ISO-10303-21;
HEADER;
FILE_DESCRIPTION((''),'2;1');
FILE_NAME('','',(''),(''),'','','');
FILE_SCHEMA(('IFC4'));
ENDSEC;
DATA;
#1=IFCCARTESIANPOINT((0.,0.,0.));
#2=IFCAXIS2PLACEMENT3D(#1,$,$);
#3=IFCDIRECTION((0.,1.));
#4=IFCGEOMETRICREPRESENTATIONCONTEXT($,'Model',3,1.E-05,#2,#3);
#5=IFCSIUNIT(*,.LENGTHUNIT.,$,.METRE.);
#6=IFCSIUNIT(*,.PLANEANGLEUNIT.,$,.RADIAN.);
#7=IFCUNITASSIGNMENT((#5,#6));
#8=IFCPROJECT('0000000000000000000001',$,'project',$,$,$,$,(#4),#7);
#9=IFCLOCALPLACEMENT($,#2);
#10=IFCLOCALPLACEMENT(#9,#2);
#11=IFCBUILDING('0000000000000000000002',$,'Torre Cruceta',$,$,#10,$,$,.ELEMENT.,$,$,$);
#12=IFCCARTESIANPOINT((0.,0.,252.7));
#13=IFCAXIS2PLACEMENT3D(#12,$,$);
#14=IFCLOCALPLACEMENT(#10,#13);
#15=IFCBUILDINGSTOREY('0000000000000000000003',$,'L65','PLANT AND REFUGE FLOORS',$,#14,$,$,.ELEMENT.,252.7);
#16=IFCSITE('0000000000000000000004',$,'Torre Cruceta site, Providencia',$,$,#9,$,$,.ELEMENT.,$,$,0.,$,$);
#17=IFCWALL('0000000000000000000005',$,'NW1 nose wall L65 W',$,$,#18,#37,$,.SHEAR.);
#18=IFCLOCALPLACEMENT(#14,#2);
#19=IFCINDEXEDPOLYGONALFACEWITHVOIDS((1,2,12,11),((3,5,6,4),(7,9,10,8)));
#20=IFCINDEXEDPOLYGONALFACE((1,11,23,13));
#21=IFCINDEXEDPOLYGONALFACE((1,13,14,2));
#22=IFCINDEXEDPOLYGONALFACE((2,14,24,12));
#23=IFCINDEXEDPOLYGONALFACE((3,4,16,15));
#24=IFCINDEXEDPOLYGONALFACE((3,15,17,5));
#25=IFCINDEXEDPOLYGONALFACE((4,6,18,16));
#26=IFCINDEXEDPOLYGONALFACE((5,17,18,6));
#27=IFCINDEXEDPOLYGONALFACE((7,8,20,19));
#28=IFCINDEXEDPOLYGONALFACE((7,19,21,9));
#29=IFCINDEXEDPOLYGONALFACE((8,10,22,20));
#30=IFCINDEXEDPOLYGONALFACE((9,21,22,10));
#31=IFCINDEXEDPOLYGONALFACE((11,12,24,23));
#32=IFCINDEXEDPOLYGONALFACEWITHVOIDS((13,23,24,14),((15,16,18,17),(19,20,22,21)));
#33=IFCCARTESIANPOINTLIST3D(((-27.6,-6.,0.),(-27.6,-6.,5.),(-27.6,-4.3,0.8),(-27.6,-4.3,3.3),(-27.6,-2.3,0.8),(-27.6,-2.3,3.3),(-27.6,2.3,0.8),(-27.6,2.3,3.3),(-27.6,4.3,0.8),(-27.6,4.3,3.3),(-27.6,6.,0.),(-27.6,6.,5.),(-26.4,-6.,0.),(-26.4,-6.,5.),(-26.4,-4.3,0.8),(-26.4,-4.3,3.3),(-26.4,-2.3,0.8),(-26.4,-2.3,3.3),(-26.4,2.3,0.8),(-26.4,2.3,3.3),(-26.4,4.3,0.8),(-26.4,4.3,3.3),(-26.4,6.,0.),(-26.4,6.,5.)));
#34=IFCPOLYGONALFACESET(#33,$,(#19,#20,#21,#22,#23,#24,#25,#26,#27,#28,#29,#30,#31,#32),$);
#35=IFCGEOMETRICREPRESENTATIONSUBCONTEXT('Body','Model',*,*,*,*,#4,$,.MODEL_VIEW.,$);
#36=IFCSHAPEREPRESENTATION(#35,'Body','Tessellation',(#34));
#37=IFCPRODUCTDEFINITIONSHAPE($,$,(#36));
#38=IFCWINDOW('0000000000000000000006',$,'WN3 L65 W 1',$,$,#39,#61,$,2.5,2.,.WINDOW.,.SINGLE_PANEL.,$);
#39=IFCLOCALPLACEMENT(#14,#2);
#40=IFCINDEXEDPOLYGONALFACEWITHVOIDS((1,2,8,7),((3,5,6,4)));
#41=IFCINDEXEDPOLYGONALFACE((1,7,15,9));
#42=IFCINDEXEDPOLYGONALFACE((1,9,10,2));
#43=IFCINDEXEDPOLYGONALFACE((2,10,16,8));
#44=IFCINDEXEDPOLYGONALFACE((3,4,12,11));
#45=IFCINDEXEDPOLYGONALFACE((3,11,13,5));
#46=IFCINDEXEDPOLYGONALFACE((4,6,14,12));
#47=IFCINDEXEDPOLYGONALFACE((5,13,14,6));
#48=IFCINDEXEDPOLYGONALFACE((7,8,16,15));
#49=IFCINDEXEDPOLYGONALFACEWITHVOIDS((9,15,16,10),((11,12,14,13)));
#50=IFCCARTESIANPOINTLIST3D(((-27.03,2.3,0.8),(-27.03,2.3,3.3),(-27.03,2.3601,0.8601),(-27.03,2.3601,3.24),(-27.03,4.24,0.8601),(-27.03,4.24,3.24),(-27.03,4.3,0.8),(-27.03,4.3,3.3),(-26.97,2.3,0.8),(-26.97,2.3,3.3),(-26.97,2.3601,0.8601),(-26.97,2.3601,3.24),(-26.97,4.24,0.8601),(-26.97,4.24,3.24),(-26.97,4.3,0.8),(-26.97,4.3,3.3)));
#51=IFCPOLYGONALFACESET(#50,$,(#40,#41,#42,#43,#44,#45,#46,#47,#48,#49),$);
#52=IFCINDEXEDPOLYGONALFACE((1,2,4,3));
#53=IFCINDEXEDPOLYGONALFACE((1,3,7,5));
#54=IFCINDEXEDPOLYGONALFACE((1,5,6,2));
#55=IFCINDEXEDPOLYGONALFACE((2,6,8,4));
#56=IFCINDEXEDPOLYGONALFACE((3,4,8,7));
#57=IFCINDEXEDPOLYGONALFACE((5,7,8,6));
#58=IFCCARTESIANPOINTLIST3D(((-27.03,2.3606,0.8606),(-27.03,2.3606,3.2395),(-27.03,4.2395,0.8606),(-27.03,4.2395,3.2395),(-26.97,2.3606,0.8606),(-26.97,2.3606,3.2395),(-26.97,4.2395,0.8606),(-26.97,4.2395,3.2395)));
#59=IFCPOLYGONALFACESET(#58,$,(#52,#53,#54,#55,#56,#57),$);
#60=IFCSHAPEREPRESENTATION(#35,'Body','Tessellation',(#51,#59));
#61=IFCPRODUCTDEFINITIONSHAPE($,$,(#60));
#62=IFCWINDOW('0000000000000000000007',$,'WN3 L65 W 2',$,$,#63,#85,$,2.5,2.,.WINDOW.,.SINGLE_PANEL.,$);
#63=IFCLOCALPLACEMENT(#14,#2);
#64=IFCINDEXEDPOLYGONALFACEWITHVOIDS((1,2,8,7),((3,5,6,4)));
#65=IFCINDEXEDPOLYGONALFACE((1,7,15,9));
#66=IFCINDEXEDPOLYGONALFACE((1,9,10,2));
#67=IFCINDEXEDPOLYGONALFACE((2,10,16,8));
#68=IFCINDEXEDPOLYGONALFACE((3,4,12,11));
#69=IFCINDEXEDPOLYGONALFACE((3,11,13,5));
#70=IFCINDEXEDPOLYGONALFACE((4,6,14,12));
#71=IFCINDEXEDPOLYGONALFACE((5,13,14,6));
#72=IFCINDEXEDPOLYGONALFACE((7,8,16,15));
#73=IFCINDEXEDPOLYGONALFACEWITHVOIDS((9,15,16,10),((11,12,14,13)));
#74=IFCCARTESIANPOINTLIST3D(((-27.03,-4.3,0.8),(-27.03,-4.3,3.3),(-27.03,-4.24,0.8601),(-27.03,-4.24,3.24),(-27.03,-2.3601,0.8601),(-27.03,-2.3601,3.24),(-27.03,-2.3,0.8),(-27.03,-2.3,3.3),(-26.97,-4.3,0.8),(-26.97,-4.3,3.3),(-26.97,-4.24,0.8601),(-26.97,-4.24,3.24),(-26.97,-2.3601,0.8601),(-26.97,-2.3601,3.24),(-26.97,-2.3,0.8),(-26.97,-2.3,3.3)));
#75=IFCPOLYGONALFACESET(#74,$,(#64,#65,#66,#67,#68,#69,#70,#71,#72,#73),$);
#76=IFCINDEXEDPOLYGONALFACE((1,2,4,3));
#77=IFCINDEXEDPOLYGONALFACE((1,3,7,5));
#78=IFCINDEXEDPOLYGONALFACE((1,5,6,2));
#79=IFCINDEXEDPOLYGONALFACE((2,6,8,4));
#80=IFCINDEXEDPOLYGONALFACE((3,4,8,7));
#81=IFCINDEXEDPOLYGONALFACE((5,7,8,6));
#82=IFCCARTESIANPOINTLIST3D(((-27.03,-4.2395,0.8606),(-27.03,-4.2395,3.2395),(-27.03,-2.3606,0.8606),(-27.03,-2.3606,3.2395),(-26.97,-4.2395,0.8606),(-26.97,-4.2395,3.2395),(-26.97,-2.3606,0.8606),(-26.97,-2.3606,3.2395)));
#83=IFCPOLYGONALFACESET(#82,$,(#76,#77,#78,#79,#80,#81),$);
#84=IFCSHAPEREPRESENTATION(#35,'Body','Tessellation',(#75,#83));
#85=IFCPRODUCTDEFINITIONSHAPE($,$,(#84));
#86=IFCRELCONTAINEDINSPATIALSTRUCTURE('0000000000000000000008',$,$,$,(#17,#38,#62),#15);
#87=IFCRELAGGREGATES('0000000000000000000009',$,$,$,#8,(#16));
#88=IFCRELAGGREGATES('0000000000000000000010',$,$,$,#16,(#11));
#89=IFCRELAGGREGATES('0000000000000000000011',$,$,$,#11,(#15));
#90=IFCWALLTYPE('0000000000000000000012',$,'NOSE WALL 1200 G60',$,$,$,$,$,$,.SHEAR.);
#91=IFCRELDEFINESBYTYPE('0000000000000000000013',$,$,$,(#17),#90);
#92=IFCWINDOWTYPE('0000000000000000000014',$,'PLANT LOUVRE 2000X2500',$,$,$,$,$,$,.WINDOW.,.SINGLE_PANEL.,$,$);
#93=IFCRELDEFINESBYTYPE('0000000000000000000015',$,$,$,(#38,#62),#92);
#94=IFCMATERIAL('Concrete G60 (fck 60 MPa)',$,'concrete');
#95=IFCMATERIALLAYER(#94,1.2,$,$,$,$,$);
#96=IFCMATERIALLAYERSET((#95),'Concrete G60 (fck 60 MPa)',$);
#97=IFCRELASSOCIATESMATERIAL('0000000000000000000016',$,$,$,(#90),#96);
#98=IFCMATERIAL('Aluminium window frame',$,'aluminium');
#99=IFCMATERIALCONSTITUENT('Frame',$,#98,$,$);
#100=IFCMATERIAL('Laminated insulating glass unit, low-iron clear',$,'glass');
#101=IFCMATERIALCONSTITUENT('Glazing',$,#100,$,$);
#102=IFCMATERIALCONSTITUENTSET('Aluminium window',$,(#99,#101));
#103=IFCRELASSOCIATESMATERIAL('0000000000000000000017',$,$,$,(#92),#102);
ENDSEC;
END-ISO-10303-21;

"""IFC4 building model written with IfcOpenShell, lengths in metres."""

from ifc_helpers import new_model, si_unit, direction, frame, frame_2d, origin, place, context, subcontext, project, spatial, rectangle, hollow_rectangle, extrude, material, layer, layer_set, constituent, constituent_set, type_object, element, fill, save


model = new_model("IFC4")

# Units and contexts
model_context = context("Model", 3, precision=1e-05, world=origin(), true_north=direction((0.0, 1.0)))
body_context = subcontext(model_context, "Body", "Model", "MODEL_VIEW")
ifc_project = project(units=[si_unit("LENGTHUNIT", "METRE"), si_unit("PLANEANGLEUNIT", "RADIAN")], contexts=[model_context])

# Site, building, storey
site_placement = place(None, origin())
site = spatial("IfcSite", under=ifc_project, at=site_placement, Name="Torre Cruceta site, Providencia", CompositionType="ELEMENT", RefElevation=0.0)
building_placement = place(site_placement, origin())
building = spatial("IfcBuilding", under=site, at=building_placement, Name="Torre Cruceta", CompositionType="ELEMENT")
storey_placement = place(building_placement, frame((0.0, 0.0, 252.7)))
storey = spatial("IfcBuildingStorey", under=building, at=storey_placement, Name="L65", Description="PLANT AND REFUGE FLOORS", CompositionType="ELEMENT", Elevation=252.7)

# Wall, openings, windows
ifc_material_1 = material(Name="Concrete G60 (fck 60 MPa)", Category="concrete")
ifc_layer_1 = layer(ifc_material_1, 1.2)
ifc_layer_set_1 = layer_set([ifc_layer_1], Name="Concrete G60 (fck 60 MPa)")
wall_type_1 = type_object("IfcWallType", Name="NOSE WALL 1200 G60", PredefinedType="SHEAR", material=ifc_layer_set_1)
wall_1_placement = place(storey_placement, frame((-27.0, 6.0, 0.0), z_axis=(0.0, 0.0, 1.0), x_axis=(0.0, -1.0, 0.0)))
wall_1 = element("IfcWall", 1, at=wall_1_placement, inside=storey, type_object=wall_type_1, Name="NW1 nose wall L65 W", PredefinedType="SHEAR", context=body_context, shape_type="SweptSolid", body=[
    extrude(rectangle(XDim=12.0, YDim=1.2, at=frame_2d((6.0, 0.0))), origin(), (0.0, 0.0, 1.0), 5.0),
])
opening_1_placement = place(wall_1_placement, frame((1.7, 0.0, 0.8)))
opening_1 = element("IfcOpeningElement", 2, at=opening_1_placement, cuts=wall_1, PredefinedType="OPENING", context=body_context, shape_type="SweptSolid", body=[
    extrude(rectangle(XDim=2.0, YDim=2.5, at=frame_2d((1.0, 1.25))), frame((0.0, 0.6099, 0.0), z_axis=(0.0, -1.0, 0.0), x_axis=(1.0, 0.0, 0.0)), (0.0, 0.0, 1.0), 1.22),
])
opening_2_placement = place(wall_1_placement, frame((8.3, 0.0, 0.8)))
opening_2 = element("IfcOpeningElement", 3, at=opening_2_placement, cuts=wall_1, PredefinedType="OPENING", context=body_context, shape_type="SweptSolid", body=[
    extrude(rectangle(XDim=2.0, YDim=2.5, at=frame_2d((1.0, 1.25))), frame((0.0, 0.6099, 0.0), z_axis=(0.0, -1.0, 0.0), x_axis=(1.0, 0.0, 0.0)), (0.0, 0.0, 1.0), 1.22),
])
ifc_material_2 = material(Name="Aluminium window frame", Category="aluminium")
ifc_constituent_1 = constituent(ifc_material_2, Name="Frame")
ifc_material_3 = material(Name="Laminated insulating glass unit, low-iron clear", Category="glass")
ifc_constituent_2 = constituent(ifc_material_3, Name="Glazing")
ifc_constituent_set = constituent_set(constituents=[ifc_constituent_1, ifc_constituent_2], Name="Aluminium window")
window_type = type_object("IfcWindowType", Name="PLANT LOUVRE 2000X2500", PartitioningType="SINGLE_PANEL", PredefinedType="WINDOW", material=ifc_constituent_set)
window_1_placement = place(opening_1_placement, origin())
window_1 = element("IfcWindow", 4, at=window_1_placement, inside=storey, type_object=window_type, Name="WN3 L65 W 1", OverallHeight=2.5, OverallWidth=2.0, PartitioningType="SINGLE_PANEL", PredefinedType="WINDOW", context=body_context, shape_type="SweptSolid", body=[
    extrude(hollow_rectangle(XDim=2.0, YDim=2.5, WallThickness=0.0601, at=frame_2d((1.0, 1.25))), frame((0.0, 0.03, 0.0), z_axis=(0.0, -1.0, 0.0), x_axis=(1.0, 0.0, 0.0)), (0.0, 0.0, 1.0), 0.0601),
    extrude(rectangle(XDim=1.8789, YDim=2.3789, at=frame_2d((1.0, 1.25))), frame((0.0, 0.03, 0.0), z_axis=(0.0, -1.0, 0.0), x_axis=(1.0, 0.0, 0.0)), (0.0, 0.0, 1.0), 0.0601),
])
fill(opening_1, window_1)
window_2_placement = place(opening_2_placement, origin())
window_2 = element("IfcWindow", 5, at=window_2_placement, inside=storey, type_object=window_type, Name="WN3 L65 W 2", OverallHeight=2.5, OverallWidth=2.0, PartitioningType="SINGLE_PANEL", PredefinedType="WINDOW", context=body_context, shape_type="SweptSolid", body=[
    extrude(hollow_rectangle(XDim=2.0, YDim=2.5, WallThickness=0.0601, at=frame_2d((1.0, 1.25))), frame((0.0, 0.03, 0.0), z_axis=(0.0, -1.0, 0.0), x_axis=(1.0, 0.0, 0.0)), (0.0, 0.0, 1.0), 0.0601),
    extrude(rectangle(XDim=1.8789, YDim=2.3789, at=frame_2d((1.0, 1.25))), frame((0.0, 0.03, 0.0), z_axis=(0.0, -1.0, 0.0), x_axis=(1.0, 0.0, 0.0)), (0.0, 0.0, 1.0), 0.0601),
])
fill(opening_2, window_2)

save(model, "model.ifc")
